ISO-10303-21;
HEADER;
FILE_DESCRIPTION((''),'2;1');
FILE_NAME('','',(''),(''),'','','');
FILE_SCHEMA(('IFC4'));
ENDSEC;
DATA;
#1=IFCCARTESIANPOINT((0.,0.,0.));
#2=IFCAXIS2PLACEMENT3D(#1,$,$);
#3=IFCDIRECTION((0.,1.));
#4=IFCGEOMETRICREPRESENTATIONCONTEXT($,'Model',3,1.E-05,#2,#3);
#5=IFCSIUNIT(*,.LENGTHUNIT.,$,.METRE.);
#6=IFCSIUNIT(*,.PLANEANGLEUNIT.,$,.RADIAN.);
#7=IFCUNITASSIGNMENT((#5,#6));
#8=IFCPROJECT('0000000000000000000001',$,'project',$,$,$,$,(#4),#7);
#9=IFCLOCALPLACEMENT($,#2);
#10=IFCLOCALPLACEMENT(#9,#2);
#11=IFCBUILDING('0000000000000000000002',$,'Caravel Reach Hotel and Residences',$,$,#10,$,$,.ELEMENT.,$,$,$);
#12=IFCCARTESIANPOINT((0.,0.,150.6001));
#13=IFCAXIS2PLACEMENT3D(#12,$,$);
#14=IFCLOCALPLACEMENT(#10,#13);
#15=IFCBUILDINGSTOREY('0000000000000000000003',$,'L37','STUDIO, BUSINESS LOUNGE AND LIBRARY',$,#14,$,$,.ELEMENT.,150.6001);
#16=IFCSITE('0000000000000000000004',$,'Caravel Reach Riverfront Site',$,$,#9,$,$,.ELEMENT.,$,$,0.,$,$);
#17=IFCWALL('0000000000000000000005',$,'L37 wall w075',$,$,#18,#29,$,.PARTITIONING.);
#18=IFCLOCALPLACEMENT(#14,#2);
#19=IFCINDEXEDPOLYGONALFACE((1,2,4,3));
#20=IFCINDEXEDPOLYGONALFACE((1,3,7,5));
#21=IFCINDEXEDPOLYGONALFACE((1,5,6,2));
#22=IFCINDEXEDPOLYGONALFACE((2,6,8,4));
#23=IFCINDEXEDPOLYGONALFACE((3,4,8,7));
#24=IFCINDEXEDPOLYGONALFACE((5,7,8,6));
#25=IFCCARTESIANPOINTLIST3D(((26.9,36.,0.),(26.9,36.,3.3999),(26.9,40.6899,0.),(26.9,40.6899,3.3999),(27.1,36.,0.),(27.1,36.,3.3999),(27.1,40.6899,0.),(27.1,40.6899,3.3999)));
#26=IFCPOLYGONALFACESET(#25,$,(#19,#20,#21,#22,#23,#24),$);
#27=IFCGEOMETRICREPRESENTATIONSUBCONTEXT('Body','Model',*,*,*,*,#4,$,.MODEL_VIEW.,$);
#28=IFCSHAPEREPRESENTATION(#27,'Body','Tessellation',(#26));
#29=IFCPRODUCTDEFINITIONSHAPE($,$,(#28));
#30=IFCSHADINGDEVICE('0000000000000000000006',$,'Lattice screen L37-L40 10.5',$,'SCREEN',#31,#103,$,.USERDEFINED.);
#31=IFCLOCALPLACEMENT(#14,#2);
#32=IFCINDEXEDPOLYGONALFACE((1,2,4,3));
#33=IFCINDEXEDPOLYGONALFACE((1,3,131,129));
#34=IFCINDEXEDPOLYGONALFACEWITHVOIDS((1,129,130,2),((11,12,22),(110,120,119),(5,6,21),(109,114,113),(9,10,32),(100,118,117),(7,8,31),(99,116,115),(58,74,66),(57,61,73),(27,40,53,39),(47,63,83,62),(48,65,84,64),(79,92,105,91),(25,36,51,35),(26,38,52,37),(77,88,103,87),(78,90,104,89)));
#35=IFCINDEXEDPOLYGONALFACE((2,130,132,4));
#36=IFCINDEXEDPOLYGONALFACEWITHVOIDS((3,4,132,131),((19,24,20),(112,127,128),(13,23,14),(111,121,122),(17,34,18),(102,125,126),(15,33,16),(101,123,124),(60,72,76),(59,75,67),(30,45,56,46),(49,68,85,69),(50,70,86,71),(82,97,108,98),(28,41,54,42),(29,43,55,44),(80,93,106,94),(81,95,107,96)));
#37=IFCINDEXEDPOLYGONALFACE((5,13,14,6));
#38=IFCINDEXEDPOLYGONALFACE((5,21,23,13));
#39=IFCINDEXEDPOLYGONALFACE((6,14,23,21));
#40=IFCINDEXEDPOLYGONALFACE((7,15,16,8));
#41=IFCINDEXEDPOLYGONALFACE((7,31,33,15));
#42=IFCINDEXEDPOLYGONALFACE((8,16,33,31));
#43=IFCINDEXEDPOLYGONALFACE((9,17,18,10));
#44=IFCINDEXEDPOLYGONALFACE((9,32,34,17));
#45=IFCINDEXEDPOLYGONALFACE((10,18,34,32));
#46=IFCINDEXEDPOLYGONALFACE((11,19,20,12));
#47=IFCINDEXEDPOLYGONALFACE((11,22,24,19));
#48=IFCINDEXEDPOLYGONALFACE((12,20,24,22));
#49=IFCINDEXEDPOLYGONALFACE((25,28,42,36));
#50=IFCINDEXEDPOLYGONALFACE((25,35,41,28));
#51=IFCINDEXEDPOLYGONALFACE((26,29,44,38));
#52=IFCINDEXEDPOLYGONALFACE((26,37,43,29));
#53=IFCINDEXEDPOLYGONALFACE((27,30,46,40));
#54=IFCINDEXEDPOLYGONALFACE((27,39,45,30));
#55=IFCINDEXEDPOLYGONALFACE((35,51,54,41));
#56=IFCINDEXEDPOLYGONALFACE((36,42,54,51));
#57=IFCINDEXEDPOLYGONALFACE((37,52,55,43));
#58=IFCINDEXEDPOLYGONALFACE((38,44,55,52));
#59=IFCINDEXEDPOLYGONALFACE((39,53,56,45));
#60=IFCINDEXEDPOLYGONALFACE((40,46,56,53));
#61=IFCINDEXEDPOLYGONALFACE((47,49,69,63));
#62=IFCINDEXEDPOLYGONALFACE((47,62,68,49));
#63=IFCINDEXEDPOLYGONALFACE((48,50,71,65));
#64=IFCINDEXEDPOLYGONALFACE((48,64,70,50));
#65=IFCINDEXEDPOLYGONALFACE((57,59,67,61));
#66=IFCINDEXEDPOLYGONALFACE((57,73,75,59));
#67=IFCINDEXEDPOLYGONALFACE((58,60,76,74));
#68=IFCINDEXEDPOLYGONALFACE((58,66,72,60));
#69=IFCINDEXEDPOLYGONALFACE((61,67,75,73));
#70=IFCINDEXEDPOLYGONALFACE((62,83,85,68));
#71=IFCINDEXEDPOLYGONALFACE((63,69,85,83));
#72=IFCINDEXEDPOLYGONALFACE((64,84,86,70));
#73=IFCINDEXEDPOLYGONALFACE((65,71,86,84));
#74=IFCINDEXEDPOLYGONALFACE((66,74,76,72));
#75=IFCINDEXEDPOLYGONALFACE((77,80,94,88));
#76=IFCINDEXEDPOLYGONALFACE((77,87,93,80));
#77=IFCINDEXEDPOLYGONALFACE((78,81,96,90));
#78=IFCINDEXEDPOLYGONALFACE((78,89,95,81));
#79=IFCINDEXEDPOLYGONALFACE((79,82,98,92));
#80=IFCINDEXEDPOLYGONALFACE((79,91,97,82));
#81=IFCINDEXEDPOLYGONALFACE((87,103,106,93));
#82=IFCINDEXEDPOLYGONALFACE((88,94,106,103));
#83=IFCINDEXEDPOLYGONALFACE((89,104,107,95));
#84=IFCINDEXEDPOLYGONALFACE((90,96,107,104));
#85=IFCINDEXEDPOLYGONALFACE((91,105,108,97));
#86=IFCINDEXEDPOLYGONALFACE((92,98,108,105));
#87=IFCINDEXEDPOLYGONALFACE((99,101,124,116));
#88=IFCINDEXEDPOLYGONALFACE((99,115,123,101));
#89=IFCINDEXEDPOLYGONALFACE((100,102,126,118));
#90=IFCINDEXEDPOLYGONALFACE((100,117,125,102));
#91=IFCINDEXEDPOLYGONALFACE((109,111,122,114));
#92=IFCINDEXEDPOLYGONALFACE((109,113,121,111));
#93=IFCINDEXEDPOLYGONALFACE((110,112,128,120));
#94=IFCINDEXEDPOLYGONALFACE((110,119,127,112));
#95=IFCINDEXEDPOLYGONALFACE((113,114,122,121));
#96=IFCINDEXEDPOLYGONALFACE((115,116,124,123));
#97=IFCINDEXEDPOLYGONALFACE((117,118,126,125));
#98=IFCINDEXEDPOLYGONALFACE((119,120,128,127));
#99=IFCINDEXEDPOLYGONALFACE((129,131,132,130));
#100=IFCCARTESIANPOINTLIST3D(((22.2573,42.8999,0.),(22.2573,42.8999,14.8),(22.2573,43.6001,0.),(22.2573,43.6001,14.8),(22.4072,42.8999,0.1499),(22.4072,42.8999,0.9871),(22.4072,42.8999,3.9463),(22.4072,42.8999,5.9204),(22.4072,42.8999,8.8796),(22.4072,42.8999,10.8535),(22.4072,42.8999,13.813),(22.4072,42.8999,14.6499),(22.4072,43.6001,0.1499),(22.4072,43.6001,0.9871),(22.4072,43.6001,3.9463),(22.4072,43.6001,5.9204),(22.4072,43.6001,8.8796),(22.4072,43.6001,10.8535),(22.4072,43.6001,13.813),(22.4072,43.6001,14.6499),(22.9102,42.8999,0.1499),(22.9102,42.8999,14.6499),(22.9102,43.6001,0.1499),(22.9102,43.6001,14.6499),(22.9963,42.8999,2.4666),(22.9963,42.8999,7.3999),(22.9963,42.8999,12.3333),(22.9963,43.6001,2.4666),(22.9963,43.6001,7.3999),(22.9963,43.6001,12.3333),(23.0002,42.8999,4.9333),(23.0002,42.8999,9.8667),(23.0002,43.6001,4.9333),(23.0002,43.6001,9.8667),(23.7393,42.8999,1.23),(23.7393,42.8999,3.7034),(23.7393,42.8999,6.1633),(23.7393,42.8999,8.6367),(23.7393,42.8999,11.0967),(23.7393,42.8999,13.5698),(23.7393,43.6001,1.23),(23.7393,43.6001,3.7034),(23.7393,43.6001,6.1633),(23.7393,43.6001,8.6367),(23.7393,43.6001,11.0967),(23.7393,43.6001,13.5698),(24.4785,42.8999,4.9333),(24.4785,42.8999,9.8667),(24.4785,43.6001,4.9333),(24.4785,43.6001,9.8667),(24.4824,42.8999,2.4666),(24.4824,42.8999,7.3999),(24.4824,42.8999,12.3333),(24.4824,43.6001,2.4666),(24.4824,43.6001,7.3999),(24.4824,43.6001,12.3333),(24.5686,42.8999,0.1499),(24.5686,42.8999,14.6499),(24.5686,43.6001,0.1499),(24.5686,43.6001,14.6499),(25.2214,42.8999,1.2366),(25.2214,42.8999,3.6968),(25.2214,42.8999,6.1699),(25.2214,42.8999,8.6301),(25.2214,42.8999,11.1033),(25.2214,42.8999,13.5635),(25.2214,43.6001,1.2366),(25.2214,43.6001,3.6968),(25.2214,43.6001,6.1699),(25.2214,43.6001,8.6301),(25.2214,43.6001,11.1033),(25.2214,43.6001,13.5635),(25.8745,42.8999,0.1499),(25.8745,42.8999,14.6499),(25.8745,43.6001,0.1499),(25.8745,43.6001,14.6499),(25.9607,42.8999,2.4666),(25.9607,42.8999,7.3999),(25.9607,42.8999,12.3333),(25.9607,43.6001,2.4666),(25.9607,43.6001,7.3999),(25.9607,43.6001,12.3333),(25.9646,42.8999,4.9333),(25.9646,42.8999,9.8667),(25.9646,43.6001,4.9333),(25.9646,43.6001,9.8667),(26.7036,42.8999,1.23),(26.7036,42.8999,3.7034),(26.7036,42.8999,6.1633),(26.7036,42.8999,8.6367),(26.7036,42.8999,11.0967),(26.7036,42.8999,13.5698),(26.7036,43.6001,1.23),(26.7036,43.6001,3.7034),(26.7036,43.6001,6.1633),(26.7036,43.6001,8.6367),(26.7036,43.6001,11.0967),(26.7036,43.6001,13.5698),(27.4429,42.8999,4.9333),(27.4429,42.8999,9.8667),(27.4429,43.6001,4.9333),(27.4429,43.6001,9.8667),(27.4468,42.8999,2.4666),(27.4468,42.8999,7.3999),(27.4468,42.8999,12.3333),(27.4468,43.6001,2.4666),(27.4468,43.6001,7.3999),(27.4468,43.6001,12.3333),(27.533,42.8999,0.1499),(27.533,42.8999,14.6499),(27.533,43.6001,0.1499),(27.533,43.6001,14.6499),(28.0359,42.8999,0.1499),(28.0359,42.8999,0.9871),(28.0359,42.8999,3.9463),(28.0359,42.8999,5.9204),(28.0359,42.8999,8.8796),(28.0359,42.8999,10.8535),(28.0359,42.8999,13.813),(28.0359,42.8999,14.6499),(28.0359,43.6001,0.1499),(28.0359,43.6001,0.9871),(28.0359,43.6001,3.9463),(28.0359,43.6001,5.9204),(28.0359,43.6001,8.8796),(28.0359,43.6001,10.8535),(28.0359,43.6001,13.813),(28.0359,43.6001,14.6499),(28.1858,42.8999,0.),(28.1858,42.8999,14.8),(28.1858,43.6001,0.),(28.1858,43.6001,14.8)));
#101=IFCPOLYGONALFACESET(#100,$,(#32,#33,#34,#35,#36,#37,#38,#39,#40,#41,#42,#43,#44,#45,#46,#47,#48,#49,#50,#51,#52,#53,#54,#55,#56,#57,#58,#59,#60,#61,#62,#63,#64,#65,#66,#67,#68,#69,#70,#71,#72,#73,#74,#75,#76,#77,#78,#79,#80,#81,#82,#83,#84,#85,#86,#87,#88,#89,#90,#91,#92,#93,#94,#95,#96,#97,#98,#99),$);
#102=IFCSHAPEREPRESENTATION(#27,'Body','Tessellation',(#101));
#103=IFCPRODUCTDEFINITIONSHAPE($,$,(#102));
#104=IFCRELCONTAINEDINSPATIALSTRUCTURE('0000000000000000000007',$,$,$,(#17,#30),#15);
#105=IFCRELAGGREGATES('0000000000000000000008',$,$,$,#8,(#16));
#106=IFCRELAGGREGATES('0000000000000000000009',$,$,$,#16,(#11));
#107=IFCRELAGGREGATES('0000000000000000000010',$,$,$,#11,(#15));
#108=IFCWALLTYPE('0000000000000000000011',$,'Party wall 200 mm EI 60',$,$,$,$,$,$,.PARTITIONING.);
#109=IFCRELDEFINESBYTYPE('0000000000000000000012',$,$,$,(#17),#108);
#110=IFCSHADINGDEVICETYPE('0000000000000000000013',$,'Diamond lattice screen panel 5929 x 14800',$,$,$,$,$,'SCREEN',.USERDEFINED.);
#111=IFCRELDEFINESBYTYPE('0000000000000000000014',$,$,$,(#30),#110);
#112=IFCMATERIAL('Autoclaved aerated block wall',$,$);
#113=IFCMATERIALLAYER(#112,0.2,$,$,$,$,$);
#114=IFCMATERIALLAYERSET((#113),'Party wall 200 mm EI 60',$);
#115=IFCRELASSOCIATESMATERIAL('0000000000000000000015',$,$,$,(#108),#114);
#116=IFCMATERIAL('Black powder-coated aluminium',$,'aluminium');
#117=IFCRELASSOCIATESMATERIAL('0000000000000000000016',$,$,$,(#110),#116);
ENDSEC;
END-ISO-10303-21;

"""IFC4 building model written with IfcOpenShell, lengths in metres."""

from ifc_helpers import new_model, si_unit, direction, frame, frame_2d, origin, place, context, subcontext, project, spatial, polyline, rectangle, outline, extrude, material, layer, layer_set, type_object, element, save


model = new_model("IFC4")

# Units and contexts
model_context = context("Model", 3, precision=1e-05, world=origin(), true_north=direction((0.0, 1.0)))
body_context = subcontext(model_context, "Body", "Model", "MODEL_VIEW")
ifc_project = project(units=[si_unit("LENGTHUNIT", "METRE"), si_unit("PLANEANGLEUNIT", "RADIAN")], contexts=[model_context])

# Site, building, storey
site_placement = place(None, origin())
site = spatial("IfcSite", under=ifc_project, at=site_placement, Name="Caravel Reach Riverfront Site", CompositionType="ELEMENT", RefElevation=0.0)
building_placement = place(site_placement, origin())
building = spatial("IfcBuilding", under=site, at=building_placement, Name="Caravel Reach Hotel and Residences", CompositionType="ELEMENT")
storey_placement = place(building_placement, frame((0.0, 0.0, 150.6001)))
storey = spatial("IfcBuildingStorey", under=building, at=storey_placement, Name="L37", Description="STUDIO, BUSINESS LOUNGE AND LIBRARY", CompositionType="ELEMENT", Elevation=150.6001)

# Wall
ifc_material_1 = material(Name="Autoclaved aerated block wall")
ifc_layer_1 = layer(ifc_material_1, 0.2)
ifc_layer_set_1 = layer_set([ifc_layer_1], Name="Party wall 200 mm EI 60")
wall_type_1 = type_object("IfcWallType", Name="Party wall 200 mm EI 60", PredefinedType="PARTITIONING", material=ifc_layer_set_1)
wall_1_placement = place(storey_placement, frame((27.0, 36.0, 0.0), z_axis=(0.0, 0.0, 1.0), x_axis=(0.0, 1.0, 0.0)))
element("IfcWall", 1, at=wall_1_placement, inside=storey, type_object=wall_type_1, Name="L37 wall w075", PredefinedType="PARTITIONING", context=body_context, shape_type="SweptSolid", body=[
    extrude(rectangle(XDim=4.6899, YDim=0.2, at=frame_2d((2.345, 0.0))), origin(), (0.0, 0.0, 1.0), 3.3999),
])

# Shading device
ifc_material_2 = material(Name="Black powder-coated aluminium", Category="aluminium")
shading_device_type = type_object("IfcShadingDeviceType", Name="Diamond lattice screen panel 5929 x 14800", ElementType="SCREEN", PredefinedType="USERDEFINED", material=ifc_material_2)
shading_device_1_placement = place(storey_placement, frame((28.1858, 42.8999, 0.0), z_axis=(0.0, 1.0, 0.0), x_axis=(-1.0, 0.0, 0.0)))
element("IfcShadingDevice", 2, at=shading_device_1_placement, inside=storey, type_object=shading_device_type, Name="Lattice screen L37-L40 10.5", ObjectType="SCREEN", PredefinedType="USERDEFINED", context=body_context, shape_type="SweptSolid", body=[
    extrude(outline(polyline([(0.0, 0.0), (5.9285, 0.0), (5.9285, 14.8), (0.0, 14.8), (0.0, 0.0)]), holes=[polyline([(0.6528, 0.1499), (0.1499, 0.9871), (0.1499, 0.1499), (0.6528, 0.1499)]), polyline([(0.7429, 4.9333), (0.1499, 5.9204), (0.1499, 3.9463), (0.7429, 4.9333)]), polyline([(0.7429, 9.8667), (0.1499, 10.8535), (0.1499, 8.8796), (0.7429, 9.8667)]), polyline([(0.1499, 13.813), (0.6528, 14.6499), (0.1499, 14.6499), (0.1499, 13.813)]), polyline([(1.4822, 3.7034), (0.739, 2.4666), (1.4822, 1.23), (2.2251, 2.4666), (1.4822, 3.7034)]), polyline([(1.4822, 8.6367), (0.739, 7.3999), (1.4822, 6.1633), (2.2251, 7.3999), (1.4822, 8.6367)]), polyline([(1.4822, 13.5698), (0.739, 12.3333), (1.4822, 11.0967), (2.2251, 12.3333), (1.4822, 13.5698)]), polyline([(2.9644, 1.2366), (2.3113, 0.1499), (3.6172, 0.1499), (2.9644, 1.2366)]), polyline([(2.9644, 6.1699), (2.2212, 4.9333), (2.9644, 3.6968), (3.7073, 4.9333), (2.9644, 6.1699)]), polyline([(2.9644, 11.1033), (2.2212, 9.8667), (2.9644, 8.6301), (3.7073, 9.8667), (2.9644, 11.1033)]), polyline([(2.9644, 13.5635), (3.6172, 14.6499), (2.3113, 14.6499), (2.9644, 13.5635)]), polyline([(4.4465, 3.7034), (3.7034, 2.4666), (4.4465, 1.23), (5.1895, 2.4666), (4.4465, 3.7034)]), polyline([(4.4465, 8.6367), (3.7034, 7.3999), (4.4465, 6.1633), (5.1895, 7.3999), (4.4465, 8.6367)]), polyline([(4.4465, 13.5698), (3.7034, 12.3333), (4.4465, 11.0967), (5.1895, 12.3333), (4.4465, 13.5698)]), polyline([(5.7786, 0.9871), (5.2756, 0.1499), (5.7786, 0.1499), (5.7786, 0.9871)]), polyline([(5.1855, 4.9333), (5.7786, 3.9463), (5.7786, 5.9204), (5.1855, 4.9333)]), polyline([(5.1855, 9.8667), (5.7786, 8.8796), (5.7786, 10.8535), (5.1855, 9.8667)]), polyline([(5.2756, 14.6499), (5.7786, 13.813), (5.7786, 14.6499), (5.2756, 14.6499)])]), origin(), (0.0, 0.0, 1.0), 0.7002),
])

save(model, "model.ifc")
